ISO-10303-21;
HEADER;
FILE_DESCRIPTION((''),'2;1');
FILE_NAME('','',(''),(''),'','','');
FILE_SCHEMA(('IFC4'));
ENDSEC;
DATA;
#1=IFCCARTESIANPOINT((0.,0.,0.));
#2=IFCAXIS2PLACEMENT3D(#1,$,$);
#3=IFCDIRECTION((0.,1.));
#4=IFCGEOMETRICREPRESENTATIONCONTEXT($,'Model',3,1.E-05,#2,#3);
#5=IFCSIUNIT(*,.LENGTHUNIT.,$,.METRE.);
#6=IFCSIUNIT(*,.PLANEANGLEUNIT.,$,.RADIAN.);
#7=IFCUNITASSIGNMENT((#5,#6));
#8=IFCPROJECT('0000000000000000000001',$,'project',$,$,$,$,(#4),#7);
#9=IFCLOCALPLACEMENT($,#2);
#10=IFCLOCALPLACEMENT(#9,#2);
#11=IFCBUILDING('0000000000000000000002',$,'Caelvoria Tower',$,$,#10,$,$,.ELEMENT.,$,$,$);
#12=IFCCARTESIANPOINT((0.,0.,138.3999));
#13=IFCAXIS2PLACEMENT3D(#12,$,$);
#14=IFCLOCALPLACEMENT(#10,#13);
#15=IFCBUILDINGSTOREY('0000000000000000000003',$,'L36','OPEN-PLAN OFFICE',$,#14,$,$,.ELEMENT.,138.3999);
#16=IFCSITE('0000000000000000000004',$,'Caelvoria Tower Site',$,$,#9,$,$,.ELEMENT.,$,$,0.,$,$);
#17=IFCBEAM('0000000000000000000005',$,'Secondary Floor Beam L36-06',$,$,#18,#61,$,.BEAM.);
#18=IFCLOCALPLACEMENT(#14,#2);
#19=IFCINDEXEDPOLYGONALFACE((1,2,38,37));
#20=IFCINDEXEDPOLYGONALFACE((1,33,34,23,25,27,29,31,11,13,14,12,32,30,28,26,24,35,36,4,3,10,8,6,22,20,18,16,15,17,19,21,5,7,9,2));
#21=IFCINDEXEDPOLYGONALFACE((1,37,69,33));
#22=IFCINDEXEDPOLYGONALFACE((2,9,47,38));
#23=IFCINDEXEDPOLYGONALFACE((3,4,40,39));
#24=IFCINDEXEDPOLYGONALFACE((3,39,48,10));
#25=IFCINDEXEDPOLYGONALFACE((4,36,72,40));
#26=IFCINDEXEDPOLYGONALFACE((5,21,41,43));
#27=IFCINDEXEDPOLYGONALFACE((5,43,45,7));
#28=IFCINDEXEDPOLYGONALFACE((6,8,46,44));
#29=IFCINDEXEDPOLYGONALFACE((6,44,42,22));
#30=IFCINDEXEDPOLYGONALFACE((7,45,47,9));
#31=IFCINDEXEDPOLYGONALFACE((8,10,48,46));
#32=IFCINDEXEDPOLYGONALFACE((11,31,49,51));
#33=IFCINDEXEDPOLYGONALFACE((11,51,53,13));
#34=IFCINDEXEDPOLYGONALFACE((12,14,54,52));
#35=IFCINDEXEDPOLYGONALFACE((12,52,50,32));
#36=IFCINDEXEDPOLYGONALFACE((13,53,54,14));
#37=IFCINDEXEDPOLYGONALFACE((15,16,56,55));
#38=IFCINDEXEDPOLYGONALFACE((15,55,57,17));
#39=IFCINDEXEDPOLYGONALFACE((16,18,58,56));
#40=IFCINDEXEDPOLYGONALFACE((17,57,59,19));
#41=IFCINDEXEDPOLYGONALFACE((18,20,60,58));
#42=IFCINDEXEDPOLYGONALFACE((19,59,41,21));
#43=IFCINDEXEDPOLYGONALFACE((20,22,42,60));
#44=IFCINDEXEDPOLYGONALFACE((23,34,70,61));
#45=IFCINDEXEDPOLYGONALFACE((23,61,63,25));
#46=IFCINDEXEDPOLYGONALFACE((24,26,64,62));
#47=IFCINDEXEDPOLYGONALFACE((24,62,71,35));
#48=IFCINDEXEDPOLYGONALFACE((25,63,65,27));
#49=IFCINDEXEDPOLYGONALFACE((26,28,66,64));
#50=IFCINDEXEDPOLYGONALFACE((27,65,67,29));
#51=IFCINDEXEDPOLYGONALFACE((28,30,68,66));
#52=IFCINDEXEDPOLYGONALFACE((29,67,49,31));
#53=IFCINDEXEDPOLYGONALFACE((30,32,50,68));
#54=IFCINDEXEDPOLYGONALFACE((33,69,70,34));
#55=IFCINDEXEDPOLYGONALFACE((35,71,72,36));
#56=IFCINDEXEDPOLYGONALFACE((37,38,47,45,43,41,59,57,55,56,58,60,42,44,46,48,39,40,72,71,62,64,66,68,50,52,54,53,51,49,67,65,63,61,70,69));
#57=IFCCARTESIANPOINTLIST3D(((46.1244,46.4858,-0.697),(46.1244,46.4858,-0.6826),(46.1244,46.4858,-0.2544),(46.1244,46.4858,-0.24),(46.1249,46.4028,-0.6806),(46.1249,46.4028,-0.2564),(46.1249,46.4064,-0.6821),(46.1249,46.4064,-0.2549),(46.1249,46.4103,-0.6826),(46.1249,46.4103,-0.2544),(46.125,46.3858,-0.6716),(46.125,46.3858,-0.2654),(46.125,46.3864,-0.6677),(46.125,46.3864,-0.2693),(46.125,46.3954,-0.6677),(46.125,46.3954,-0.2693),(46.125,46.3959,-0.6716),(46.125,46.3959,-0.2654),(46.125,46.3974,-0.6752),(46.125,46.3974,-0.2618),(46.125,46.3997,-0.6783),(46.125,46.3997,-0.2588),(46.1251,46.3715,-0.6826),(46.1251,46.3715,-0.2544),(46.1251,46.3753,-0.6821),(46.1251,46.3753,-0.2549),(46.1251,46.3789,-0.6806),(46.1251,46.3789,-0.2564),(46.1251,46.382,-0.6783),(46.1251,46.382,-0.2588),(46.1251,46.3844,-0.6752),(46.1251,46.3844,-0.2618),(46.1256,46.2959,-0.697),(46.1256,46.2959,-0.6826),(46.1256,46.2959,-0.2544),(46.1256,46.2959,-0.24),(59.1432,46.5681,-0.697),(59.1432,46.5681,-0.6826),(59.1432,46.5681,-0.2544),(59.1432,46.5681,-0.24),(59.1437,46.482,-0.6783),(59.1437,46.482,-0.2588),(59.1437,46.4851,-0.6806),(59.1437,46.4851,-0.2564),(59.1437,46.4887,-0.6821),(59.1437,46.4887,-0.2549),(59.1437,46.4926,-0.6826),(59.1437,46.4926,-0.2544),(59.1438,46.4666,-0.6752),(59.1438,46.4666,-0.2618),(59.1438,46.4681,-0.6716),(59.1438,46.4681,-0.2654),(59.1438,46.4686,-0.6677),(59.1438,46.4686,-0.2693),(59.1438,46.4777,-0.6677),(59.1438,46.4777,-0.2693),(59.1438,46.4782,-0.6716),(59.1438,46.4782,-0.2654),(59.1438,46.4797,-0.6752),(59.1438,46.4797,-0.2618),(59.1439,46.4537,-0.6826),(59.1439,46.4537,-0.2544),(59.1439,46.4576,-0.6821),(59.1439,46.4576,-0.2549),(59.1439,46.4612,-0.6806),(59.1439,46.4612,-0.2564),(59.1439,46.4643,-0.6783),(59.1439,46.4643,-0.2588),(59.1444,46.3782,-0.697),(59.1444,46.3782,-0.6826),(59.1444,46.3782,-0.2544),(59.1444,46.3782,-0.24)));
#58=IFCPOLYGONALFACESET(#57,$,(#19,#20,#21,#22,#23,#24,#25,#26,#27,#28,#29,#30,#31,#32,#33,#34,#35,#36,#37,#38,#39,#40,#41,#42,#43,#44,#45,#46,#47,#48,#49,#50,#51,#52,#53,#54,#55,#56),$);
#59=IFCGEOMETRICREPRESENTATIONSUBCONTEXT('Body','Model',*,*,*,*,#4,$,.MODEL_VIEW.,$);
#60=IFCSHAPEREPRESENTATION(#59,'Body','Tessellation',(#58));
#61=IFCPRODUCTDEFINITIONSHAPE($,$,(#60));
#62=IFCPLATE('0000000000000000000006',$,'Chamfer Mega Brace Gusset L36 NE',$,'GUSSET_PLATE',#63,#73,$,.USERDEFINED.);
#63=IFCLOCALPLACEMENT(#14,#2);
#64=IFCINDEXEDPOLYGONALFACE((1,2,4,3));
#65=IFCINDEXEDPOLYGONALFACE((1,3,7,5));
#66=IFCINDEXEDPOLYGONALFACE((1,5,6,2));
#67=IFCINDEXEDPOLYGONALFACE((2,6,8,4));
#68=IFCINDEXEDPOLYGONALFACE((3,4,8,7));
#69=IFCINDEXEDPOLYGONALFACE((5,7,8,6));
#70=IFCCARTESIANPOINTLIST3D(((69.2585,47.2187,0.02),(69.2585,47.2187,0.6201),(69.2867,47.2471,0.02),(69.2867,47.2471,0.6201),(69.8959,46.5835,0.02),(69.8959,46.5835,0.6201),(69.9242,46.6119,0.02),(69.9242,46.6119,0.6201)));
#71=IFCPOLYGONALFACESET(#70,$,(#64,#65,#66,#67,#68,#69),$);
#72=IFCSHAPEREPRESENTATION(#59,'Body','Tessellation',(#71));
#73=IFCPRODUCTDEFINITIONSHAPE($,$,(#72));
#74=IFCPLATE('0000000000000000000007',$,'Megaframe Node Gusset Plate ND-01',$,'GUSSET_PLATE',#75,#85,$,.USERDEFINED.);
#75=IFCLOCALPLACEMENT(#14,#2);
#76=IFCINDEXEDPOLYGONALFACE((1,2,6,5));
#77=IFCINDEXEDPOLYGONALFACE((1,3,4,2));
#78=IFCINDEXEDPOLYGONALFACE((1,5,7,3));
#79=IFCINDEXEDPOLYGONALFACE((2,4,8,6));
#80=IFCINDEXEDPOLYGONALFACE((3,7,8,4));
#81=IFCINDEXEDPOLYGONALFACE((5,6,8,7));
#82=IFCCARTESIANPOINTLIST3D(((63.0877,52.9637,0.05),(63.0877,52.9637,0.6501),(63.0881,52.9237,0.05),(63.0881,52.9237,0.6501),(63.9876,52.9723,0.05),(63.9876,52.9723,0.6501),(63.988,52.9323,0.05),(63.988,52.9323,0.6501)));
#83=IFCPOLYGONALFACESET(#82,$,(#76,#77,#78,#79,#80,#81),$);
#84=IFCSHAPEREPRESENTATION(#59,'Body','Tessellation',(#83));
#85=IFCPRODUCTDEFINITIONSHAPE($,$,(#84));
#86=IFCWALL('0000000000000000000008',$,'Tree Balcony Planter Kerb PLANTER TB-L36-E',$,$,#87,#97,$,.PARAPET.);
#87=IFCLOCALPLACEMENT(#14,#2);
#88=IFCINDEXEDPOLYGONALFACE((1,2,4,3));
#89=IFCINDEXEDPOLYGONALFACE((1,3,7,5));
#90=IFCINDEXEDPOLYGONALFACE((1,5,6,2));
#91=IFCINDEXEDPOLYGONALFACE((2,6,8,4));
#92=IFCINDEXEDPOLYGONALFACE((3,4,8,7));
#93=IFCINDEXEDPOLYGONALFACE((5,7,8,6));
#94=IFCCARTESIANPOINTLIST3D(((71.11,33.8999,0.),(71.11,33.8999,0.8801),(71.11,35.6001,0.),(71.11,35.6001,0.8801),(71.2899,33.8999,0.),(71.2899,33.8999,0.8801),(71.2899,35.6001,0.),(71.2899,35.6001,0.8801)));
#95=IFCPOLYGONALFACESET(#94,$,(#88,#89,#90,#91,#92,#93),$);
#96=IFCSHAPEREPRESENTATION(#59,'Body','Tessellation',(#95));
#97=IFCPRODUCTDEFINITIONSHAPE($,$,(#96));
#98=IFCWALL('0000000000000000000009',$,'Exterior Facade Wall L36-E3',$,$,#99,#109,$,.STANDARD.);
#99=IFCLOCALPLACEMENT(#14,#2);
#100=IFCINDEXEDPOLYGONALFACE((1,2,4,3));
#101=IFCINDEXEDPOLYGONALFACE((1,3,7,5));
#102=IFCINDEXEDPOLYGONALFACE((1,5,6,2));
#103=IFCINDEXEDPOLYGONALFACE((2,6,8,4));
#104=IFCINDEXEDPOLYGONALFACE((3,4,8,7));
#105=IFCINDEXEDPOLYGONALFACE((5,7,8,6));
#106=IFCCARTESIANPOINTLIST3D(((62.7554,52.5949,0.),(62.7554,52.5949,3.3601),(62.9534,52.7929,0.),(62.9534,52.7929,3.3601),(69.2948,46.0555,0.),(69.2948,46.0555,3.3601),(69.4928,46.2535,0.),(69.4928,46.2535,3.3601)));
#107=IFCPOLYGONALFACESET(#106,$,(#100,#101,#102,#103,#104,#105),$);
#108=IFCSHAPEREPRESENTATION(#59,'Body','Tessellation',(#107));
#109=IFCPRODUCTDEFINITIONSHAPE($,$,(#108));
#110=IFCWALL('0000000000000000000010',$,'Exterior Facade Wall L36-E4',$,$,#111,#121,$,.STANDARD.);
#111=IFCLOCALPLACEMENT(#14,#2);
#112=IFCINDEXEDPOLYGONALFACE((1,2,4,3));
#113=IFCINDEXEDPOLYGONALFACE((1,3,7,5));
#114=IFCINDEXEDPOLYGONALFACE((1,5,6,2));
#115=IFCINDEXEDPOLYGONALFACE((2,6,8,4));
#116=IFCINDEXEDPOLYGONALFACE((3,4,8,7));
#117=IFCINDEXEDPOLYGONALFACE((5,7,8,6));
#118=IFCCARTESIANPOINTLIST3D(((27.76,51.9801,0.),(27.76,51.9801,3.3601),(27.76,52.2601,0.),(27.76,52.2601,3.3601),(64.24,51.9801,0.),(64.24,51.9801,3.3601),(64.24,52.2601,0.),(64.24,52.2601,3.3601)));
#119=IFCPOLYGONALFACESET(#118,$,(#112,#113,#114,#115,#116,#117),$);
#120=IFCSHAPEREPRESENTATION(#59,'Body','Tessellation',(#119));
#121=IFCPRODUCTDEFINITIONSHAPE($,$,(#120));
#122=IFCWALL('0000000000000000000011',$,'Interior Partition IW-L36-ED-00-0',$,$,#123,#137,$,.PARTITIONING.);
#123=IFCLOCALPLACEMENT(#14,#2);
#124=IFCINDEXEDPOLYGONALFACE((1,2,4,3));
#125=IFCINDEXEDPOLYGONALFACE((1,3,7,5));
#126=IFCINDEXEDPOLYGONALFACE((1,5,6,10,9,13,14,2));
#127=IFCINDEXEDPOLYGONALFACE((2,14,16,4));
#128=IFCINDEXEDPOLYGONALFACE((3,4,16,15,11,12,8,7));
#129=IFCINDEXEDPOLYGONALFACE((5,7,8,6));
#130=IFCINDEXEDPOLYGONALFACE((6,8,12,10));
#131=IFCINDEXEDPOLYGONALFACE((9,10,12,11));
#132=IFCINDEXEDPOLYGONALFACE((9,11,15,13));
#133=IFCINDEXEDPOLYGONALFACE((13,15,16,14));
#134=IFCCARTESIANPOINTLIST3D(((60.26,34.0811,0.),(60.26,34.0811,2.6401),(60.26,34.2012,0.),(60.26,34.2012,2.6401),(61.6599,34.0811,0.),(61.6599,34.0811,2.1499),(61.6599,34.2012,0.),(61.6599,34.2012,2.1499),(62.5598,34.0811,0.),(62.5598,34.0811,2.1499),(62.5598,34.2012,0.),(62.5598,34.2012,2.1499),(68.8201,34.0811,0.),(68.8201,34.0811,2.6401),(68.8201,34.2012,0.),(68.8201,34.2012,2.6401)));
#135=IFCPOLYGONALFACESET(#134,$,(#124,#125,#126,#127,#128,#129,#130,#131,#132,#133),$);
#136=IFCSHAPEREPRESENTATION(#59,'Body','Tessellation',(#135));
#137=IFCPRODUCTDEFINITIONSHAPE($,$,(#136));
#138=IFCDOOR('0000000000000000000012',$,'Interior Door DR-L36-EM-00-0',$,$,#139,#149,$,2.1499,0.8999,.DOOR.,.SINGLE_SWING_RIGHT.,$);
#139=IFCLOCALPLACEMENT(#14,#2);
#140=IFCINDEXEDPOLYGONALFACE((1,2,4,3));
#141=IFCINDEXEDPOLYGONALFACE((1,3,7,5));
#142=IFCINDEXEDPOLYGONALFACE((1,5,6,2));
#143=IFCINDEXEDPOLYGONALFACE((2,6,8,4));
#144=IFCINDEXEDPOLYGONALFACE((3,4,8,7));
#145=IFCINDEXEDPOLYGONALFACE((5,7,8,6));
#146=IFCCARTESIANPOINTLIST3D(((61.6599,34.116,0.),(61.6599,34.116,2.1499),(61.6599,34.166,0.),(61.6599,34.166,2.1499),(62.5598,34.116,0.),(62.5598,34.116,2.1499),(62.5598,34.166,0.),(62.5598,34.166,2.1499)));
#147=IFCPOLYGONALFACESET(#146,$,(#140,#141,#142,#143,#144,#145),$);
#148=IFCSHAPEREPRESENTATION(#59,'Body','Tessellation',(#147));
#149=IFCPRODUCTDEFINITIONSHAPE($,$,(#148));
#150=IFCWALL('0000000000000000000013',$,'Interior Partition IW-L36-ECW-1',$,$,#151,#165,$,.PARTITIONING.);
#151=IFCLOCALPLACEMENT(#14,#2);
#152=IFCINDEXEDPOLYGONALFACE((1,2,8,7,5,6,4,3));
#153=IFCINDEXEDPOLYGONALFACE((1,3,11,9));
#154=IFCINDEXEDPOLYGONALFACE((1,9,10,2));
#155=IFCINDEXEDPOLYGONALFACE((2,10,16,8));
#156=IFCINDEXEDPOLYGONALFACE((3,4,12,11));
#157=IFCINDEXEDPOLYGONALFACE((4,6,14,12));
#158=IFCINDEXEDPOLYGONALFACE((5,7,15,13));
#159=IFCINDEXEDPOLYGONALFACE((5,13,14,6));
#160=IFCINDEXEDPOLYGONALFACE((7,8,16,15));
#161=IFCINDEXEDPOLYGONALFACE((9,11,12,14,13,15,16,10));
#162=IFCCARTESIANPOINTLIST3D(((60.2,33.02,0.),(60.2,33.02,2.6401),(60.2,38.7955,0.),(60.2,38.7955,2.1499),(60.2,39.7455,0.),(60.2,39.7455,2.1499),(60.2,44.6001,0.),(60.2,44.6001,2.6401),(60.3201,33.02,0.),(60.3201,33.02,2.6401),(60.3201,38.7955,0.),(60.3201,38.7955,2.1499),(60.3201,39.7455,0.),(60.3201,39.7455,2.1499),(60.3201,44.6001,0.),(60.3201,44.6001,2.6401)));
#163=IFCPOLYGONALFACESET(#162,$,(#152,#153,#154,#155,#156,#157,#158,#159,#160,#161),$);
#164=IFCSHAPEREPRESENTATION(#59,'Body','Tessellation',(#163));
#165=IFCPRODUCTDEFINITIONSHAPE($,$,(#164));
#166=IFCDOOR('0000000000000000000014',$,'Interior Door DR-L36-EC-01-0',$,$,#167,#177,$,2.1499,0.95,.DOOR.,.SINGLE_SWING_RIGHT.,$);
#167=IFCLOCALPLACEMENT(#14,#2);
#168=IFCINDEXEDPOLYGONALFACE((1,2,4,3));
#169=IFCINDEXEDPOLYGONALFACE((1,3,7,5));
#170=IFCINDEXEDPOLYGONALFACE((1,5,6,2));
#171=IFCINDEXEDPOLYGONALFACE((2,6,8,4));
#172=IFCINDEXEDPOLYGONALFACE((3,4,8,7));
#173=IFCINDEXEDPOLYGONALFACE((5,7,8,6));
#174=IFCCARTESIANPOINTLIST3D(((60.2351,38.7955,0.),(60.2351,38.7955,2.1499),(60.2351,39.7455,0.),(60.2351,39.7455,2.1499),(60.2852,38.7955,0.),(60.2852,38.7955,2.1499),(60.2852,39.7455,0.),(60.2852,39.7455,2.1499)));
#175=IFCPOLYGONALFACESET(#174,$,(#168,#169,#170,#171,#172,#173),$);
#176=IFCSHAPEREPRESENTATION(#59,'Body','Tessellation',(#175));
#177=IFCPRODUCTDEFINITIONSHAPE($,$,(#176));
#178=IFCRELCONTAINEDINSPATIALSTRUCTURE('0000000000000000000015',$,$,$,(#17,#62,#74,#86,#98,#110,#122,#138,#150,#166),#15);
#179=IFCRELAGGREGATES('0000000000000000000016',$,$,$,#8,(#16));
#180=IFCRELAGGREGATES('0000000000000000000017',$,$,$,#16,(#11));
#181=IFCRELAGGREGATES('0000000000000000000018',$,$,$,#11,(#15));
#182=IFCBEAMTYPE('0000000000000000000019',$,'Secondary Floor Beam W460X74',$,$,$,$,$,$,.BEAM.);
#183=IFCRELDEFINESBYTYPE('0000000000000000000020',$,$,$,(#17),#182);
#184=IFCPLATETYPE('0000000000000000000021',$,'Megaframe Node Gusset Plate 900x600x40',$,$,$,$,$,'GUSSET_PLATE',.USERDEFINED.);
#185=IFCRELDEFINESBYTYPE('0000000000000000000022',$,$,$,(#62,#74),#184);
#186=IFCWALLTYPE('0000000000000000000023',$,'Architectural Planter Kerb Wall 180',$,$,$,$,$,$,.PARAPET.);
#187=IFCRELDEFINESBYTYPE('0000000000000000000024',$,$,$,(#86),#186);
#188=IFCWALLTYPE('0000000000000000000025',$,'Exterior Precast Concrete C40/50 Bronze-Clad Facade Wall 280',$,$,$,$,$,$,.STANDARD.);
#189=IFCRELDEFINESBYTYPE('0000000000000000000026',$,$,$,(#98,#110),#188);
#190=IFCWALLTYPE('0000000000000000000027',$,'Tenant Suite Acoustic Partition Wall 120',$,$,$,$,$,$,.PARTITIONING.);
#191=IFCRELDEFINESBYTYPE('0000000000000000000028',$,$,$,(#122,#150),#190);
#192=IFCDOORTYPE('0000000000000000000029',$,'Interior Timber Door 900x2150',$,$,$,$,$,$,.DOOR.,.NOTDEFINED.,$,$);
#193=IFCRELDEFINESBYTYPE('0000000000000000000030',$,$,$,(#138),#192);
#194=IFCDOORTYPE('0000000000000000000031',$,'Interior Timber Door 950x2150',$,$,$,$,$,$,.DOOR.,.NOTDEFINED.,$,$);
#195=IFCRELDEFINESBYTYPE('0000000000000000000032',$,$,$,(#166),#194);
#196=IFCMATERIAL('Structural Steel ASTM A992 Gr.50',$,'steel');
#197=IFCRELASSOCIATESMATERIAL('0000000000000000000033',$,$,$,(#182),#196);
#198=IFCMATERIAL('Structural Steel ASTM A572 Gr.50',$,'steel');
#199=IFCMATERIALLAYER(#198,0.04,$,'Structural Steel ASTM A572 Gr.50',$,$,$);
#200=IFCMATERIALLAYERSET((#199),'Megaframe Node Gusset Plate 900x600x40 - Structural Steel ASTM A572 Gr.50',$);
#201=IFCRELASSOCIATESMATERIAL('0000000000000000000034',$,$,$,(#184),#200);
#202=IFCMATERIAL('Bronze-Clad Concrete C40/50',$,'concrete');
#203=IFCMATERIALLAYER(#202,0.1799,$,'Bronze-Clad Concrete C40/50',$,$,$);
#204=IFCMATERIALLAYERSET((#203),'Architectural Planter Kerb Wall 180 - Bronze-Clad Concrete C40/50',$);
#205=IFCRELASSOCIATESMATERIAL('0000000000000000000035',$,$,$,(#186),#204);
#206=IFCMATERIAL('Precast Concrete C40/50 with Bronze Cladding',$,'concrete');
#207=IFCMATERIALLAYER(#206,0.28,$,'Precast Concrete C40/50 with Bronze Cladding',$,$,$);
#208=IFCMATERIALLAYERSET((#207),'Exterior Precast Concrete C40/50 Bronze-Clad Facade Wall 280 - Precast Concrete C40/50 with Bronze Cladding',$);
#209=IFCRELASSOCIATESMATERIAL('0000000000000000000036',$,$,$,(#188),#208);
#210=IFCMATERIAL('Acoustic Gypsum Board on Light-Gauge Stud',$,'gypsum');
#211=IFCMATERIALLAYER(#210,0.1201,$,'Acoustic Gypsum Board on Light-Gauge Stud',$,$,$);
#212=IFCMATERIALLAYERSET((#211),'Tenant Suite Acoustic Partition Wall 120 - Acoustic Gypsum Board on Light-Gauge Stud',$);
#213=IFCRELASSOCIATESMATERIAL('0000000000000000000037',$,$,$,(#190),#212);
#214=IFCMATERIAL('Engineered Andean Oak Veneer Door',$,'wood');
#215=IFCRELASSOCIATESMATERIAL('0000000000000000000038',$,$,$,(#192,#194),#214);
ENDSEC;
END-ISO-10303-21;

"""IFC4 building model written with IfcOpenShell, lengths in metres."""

from ifc_helpers import new_model, si_unit, direction, frame, frame_2d, origin, origin_2d, place, context, subcontext, project, spatial, rectangle, i_section, extrude, material, layer, layer_set, material_profile, profile_set, type_object, element, fill, save


model = new_model("IFC4")

# Units and contexts
model_context = context("Model", 3, precision=1e-05, world=origin(), true_north=direction((0.0, 1.0)))
body_context = subcontext(model_context, "Body", "Model", "MODEL_VIEW")
ifc_project = project(units=[si_unit("LENGTHUNIT", "METRE"), si_unit("PLANEANGLEUNIT", "RADIAN")], contexts=[model_context])

# Site, building, storey
site_placement = place(None, origin())
site = spatial("IfcSite", under=ifc_project, at=site_placement, Name="Caelvoria Tower Site", CompositionType="ELEMENT", RefElevation=0.0)
building_placement = place(site_placement, origin())
building = spatial("IfcBuilding", under=site, at=building_placement, Name="Caelvoria Tower", CompositionType="ELEMENT")
storey_placement = place(building_placement, frame((0.0, 0.0, 138.3999)))
storey = spatial("IfcBuildingStorey", under=building, at=storey_placement, Name="L36", Description="OPEN-PLAN OFFICE", CompositionType="ELEMENT", Elevation=138.3999)

# Shared definitions
ifc_material_1 = material(Name="Structural Steel ASTM A572 Gr.50", Category="steel")

# Beam
ifc_material_2 = material(Name="Structural Steel ASTM A992 Gr.50", Category="steel")
ifc_material_profile_1 = material_profile(ifc_material_2, i_section(OverallWidth=0.1899, OverallDepth=0.457, WebThickness=0.009, FlangeThickness=0.0144, FilletRadius=0.0149, at=origin_2d()), Name="Structural Steel ASTM A992 Gr.50")
ifc_profile_set_1 = profile_set([ifc_material_profile_1], Name="W460X74 - Structural Steel ASTM A992 Gr.50")
beam_type_1 = type_object("IfcBeamType", Name="Secondary Floor Beam W460X74", PredefinedType="BEAM", material=ifc_profile_set_1)
beam_1_placement = place(storey_placement, frame((59.1438, 46.4731, -0.4685), z_axis=(-0.99998, -0.00632, 0.0), x_axis=(0.00632, -0.99998, 0.0)))
element("IfcBeam", 1, at=beam_1_placement, inside=storey, type_object=beam_type_1, Name="Secondary Floor Beam L36-06", PredefinedType="BEAM", context=body_context, shape_type="SweptSolid", body=[
    extrude(i_section(OverallWidth=0.1899, OverallDepth=0.457, WebThickness=0.009, FlangeThickness=0.0144, FilletRadius=0.0149, at=origin_2d()), origin(), (0.0, 0.0, 1.0), 13.019),
])

# Plates
ifc_layer_1 = layer(ifc_material_1, 0.04, Name="Structural Steel ASTM A572 Gr.50")
ifc_layer_set_1 = layer_set([ifc_layer_1], Name="Megaframe Node Gusset Plate 900x600x40 - Structural Steel ASTM A572 Gr.50")
plate_type = type_object("IfcPlateType", Name="Megaframe Node Gusset Plate 900x600x40", ElementType="GUSSET_PLATE", PredefinedType="USERDEFINED", material=ifc_layer_set_1)
for number, where, z_axis, x_axis, name in (
    (2, (69.5913, 46.9153, 0.02), (0.0, 0.0, 1.0), (-0.708329, 0.705883, 0.0), "Chamfer Mega Brace Gusset L36 NE"),
    (3, (63.5378, 52.948, 0.05), (0.0, 0.0, 1.0), (-0.999954, -0.009573, 0.0), "Megaframe Node Gusset Plate ND-01"),
):
    element("IfcPlate", number, at=place(storey_placement, frame(where, z_axis=z_axis, x_axis=x_axis)), inside=storey, type_object=plate_type, Name=name, ObjectType="GUSSET_PLATE", PredefinedType="USERDEFINED", context=body_context, shape_type="SweptSolid", body=[
        extrude(rectangle(XDim=0.8999, YDim=0.04, at=origin_2d()), origin(), (0.0, 0.0, 1.0), 0.6001),
    ])

# Walls
ifc_material_3 = material(Name="Bronze-Clad Concrete C40/50", Category="concrete")
ifc_layer_2 = layer(ifc_material_3, 0.1799, Name="Bronze-Clad Concrete C40/50")
ifc_layer_set_2 = layer_set([ifc_layer_2], Name="Architectural Planter Kerb Wall 180 - Bronze-Clad Concrete C40/50")
wall_type_1 = type_object("IfcWallType", Name="Architectural Planter Kerb Wall 180", PredefinedType="PARAPET", material=ifc_layer_set_2)
wall_1_placement = place(storey_placement, frame((71.2, 33.8999, 0.0), z_axis=(0.0, 0.0, 1.0), x_axis=(0.0, 1.0, 0.0)))
element("IfcWall", 4, at=wall_1_placement, inside=storey, type_object=wall_type_1, Name="Tree Balcony Planter Kerb PLANTER TB-L36-E", PredefinedType="PARAPET", context=body_context, shape_type="SweptSolid", body=[
    extrude(rectangle(XDim=1.7002, YDim=0.1799, at=frame_2d((0.8501, 0.0))), origin(), (0.0, 0.0, 1.0), 0.8801),
])
ifc_material_4 = material(Name="Precast Concrete C40/50 with Bronze Cladding", Category="concrete")
ifc_layer_3 = layer(ifc_material_4, 0.28, Name="Precast Concrete C40/50 with Bronze Cladding")
ifc_layer_set_3 = layer_set([ifc_layer_3], Name="Exterior Precast Concrete C40/50 Bronze-Clad Facade Wall 280 - Precast Concrete C40/50 with Bronze Cladding")
wall_type_2 = type_object("IfcWallType", Name="Exterior Precast Concrete C40/50 Bronze-Clad Facade Wall 280", PredefinedType="STANDARD", material=ifc_layer_set_3)
wall_2_placement = place(storey_placement, frame((69.3938, 46.1545, 0.0), z_axis=(0.0, 0.0, 1.0), x_axis=(-0.707107, 0.707107, 0.0)))
element("IfcWall", 5, at=wall_2_placement, inside=storey, type_object=wall_type_2, Name="Exterior Facade Wall L36-E3", PredefinedType="STANDARD", context=body_context, shape_type="SweptSolid", body=[
    extrude(rectangle(XDim=9.248, YDim=0.28, at=frame_2d((4.624, 0.0))), origin(), (0.0, 0.0, 1.0), 3.3601),
])
wall_3_placement = place(storey_placement, frame((64.24, 52.1201, 0.0), z_axis=(0.0, 0.0, 1.0), x_axis=(-1.0, 0.0, 0.0)))
element("IfcWall", 6, at=wall_3_placement, inside=storey, type_object=wall_type_2, Name="Exterior Facade Wall L36-E4", PredefinedType="STANDARD", context=body_context, shape_type="SweptSolid", body=[
    extrude(rectangle(XDim=36.48, YDim=0.28, at=frame_2d((18.24, 0.0))), origin(), (0.0, 0.0, 1.0), 3.3601),
])

# Walls, openings, doors
ifc_material_5 = material(Name="Acoustic Gypsum Board on Light-Gauge Stud", Category="gypsum")
ifc_layer_4 = layer(ifc_material_5, 0.1201, Name="Acoustic Gypsum Board on Light-Gauge Stud")
ifc_layer_set_4 = layer_set([ifc_layer_4], Name="Tenant Suite Acoustic Partition Wall 120 - Acoustic Gypsum Board on Light-Gauge Stud")
wall_type_3 = type_object("IfcWallType", Name="Tenant Suite Acoustic Partition Wall 120", PredefinedType="PARTITIONING", material=ifc_layer_set_4)
wall_4_placement = place(storey_placement, frame((60.26, 34.1411, 0.0), z_axis=(0.0, 0.0, 1.0), x_axis=(1.0, 0.0, 0.0)))
wall_4 = element("IfcWall", 7, at=wall_4_placement, inside=storey, type_object=wall_type_3, Name="Interior Partition IW-L36-ED-00-0", PredefinedType="PARTITIONING", context=body_context, shape_type="SweptSolid", body=[
    extrude(rectangle(XDim=8.5601, YDim=0.1201, at=frame_2d((4.28, 0.0))), origin(), (0.0, 0.0, 1.0), 2.6401),
])
opening_1_placement = place(wall_4_placement, frame((1.3999, 0.0, 0.0)))
opening_1 = element("IfcOpeningElement", 8, at=opening_1_placement, cuts=wall_4, PredefinedType="OPENING", context=body_context, shape_type="SweptSolid", body=[
    extrude(rectangle(XDim=0.8999, YDim=2.1499, at=frame_2d((0.45, 1.075))), frame((0.0, 0.0701, 0.0), z_axis=(0.0, -1.0, 0.0), x_axis=(1.0, 0.0, 0.0)), (0.0, 0.0, 1.0), 0.1401),
])
ifc_material_6 = material(Name="Engineered Andean Oak Veneer Door", Category="wood")
door_type_1 = type_object("IfcDoorType", Name="Interior Timber Door 900x2150", OperationType="NOTDEFINED", PredefinedType="DOOR", material=ifc_material_6)
door_1_placement = place(opening_1_placement, origin())
door_1 = element("IfcDoor", 9, at=door_1_placement, inside=storey, type_object=door_type_1, Name="Interior Door DR-L36-EM-00-0", OperationType="SINGLE_SWING_RIGHT", OverallHeight=2.1499, OverallWidth=0.8999, PredefinedType="DOOR", context=body_context, shape_type="SweptSolid", body=[
    extrude(rectangle(XDim=0.8999, YDim=2.1499, at=frame_2d((0.45, 1.075))), frame((0.0, 0.0249, 0.0), z_axis=(0.0, -1.0, 0.0), x_axis=(1.0, 0.0, 0.0)), (0.0, 0.0, 1.0), 0.05),
])
fill(opening_1, door_1)
wall_5_placement = place(storey_placement, frame((60.26, 33.02, 0.0), z_axis=(0.0, 0.0, 1.0), x_axis=(0.0, 1.0, 0.0)))
wall_5 = element("IfcWall", 10, at=wall_5_placement, inside=storey, type_object=wall_type_3, Name="Interior Partition IW-L36-ECW-1", PredefinedType="PARTITIONING", context=body_context, shape_type="SweptSolid", body=[
    extrude(rectangle(XDim=11.5801, YDim=0.1201, at=frame_2d((5.79, 0.0))), origin(), (0.0, 0.0, 1.0), 2.6401),
])
opening_2_placement = place(wall_5_placement, frame((5.7754, 0.0, 0.0)))
opening_2 = element("IfcOpeningElement", 11, at=opening_2_placement, cuts=wall_5, PredefinedType="OPENING", context=body_context, shape_type="SweptSolid", body=[
    extrude(rectangle(XDim=0.95, YDim=2.1499, at=frame_2d((0.4751, 1.075))), frame((0.0, 0.0701, 0.0), z_axis=(0.0, -1.0, 0.0), x_axis=(1.0, 0.0, 0.0)), (0.0, 0.0, 1.0), 0.1401),
])
door_type_2 = type_object("IfcDoorType", Name="Interior Timber Door 950x2150", OperationType="NOTDEFINED", PredefinedType="DOOR", material=ifc_material_6)
door_2_placement = place(opening_2_placement, origin())
door_2 = element("IfcDoor", 12, at=door_2_placement, inside=storey, type_object=door_type_2, Name="Interior Door DR-L36-EC-01-0", OperationType="SINGLE_SWING_RIGHT", OverallHeight=2.1499, OverallWidth=0.95, PredefinedType="DOOR", context=body_context, shape_type="SweptSolid", body=[
    extrude(rectangle(XDim=0.95, YDim=2.1499, at=frame_2d((0.4751, 1.075))), frame((0.0, 0.0249, 0.0), z_axis=(0.0, -1.0, 0.0), x_axis=(1.0, 0.0, 0.0)), (0.0, 0.0, 1.0), 0.05),
])
fill(opening_2, door_2)

save(model, "model.ifc")
